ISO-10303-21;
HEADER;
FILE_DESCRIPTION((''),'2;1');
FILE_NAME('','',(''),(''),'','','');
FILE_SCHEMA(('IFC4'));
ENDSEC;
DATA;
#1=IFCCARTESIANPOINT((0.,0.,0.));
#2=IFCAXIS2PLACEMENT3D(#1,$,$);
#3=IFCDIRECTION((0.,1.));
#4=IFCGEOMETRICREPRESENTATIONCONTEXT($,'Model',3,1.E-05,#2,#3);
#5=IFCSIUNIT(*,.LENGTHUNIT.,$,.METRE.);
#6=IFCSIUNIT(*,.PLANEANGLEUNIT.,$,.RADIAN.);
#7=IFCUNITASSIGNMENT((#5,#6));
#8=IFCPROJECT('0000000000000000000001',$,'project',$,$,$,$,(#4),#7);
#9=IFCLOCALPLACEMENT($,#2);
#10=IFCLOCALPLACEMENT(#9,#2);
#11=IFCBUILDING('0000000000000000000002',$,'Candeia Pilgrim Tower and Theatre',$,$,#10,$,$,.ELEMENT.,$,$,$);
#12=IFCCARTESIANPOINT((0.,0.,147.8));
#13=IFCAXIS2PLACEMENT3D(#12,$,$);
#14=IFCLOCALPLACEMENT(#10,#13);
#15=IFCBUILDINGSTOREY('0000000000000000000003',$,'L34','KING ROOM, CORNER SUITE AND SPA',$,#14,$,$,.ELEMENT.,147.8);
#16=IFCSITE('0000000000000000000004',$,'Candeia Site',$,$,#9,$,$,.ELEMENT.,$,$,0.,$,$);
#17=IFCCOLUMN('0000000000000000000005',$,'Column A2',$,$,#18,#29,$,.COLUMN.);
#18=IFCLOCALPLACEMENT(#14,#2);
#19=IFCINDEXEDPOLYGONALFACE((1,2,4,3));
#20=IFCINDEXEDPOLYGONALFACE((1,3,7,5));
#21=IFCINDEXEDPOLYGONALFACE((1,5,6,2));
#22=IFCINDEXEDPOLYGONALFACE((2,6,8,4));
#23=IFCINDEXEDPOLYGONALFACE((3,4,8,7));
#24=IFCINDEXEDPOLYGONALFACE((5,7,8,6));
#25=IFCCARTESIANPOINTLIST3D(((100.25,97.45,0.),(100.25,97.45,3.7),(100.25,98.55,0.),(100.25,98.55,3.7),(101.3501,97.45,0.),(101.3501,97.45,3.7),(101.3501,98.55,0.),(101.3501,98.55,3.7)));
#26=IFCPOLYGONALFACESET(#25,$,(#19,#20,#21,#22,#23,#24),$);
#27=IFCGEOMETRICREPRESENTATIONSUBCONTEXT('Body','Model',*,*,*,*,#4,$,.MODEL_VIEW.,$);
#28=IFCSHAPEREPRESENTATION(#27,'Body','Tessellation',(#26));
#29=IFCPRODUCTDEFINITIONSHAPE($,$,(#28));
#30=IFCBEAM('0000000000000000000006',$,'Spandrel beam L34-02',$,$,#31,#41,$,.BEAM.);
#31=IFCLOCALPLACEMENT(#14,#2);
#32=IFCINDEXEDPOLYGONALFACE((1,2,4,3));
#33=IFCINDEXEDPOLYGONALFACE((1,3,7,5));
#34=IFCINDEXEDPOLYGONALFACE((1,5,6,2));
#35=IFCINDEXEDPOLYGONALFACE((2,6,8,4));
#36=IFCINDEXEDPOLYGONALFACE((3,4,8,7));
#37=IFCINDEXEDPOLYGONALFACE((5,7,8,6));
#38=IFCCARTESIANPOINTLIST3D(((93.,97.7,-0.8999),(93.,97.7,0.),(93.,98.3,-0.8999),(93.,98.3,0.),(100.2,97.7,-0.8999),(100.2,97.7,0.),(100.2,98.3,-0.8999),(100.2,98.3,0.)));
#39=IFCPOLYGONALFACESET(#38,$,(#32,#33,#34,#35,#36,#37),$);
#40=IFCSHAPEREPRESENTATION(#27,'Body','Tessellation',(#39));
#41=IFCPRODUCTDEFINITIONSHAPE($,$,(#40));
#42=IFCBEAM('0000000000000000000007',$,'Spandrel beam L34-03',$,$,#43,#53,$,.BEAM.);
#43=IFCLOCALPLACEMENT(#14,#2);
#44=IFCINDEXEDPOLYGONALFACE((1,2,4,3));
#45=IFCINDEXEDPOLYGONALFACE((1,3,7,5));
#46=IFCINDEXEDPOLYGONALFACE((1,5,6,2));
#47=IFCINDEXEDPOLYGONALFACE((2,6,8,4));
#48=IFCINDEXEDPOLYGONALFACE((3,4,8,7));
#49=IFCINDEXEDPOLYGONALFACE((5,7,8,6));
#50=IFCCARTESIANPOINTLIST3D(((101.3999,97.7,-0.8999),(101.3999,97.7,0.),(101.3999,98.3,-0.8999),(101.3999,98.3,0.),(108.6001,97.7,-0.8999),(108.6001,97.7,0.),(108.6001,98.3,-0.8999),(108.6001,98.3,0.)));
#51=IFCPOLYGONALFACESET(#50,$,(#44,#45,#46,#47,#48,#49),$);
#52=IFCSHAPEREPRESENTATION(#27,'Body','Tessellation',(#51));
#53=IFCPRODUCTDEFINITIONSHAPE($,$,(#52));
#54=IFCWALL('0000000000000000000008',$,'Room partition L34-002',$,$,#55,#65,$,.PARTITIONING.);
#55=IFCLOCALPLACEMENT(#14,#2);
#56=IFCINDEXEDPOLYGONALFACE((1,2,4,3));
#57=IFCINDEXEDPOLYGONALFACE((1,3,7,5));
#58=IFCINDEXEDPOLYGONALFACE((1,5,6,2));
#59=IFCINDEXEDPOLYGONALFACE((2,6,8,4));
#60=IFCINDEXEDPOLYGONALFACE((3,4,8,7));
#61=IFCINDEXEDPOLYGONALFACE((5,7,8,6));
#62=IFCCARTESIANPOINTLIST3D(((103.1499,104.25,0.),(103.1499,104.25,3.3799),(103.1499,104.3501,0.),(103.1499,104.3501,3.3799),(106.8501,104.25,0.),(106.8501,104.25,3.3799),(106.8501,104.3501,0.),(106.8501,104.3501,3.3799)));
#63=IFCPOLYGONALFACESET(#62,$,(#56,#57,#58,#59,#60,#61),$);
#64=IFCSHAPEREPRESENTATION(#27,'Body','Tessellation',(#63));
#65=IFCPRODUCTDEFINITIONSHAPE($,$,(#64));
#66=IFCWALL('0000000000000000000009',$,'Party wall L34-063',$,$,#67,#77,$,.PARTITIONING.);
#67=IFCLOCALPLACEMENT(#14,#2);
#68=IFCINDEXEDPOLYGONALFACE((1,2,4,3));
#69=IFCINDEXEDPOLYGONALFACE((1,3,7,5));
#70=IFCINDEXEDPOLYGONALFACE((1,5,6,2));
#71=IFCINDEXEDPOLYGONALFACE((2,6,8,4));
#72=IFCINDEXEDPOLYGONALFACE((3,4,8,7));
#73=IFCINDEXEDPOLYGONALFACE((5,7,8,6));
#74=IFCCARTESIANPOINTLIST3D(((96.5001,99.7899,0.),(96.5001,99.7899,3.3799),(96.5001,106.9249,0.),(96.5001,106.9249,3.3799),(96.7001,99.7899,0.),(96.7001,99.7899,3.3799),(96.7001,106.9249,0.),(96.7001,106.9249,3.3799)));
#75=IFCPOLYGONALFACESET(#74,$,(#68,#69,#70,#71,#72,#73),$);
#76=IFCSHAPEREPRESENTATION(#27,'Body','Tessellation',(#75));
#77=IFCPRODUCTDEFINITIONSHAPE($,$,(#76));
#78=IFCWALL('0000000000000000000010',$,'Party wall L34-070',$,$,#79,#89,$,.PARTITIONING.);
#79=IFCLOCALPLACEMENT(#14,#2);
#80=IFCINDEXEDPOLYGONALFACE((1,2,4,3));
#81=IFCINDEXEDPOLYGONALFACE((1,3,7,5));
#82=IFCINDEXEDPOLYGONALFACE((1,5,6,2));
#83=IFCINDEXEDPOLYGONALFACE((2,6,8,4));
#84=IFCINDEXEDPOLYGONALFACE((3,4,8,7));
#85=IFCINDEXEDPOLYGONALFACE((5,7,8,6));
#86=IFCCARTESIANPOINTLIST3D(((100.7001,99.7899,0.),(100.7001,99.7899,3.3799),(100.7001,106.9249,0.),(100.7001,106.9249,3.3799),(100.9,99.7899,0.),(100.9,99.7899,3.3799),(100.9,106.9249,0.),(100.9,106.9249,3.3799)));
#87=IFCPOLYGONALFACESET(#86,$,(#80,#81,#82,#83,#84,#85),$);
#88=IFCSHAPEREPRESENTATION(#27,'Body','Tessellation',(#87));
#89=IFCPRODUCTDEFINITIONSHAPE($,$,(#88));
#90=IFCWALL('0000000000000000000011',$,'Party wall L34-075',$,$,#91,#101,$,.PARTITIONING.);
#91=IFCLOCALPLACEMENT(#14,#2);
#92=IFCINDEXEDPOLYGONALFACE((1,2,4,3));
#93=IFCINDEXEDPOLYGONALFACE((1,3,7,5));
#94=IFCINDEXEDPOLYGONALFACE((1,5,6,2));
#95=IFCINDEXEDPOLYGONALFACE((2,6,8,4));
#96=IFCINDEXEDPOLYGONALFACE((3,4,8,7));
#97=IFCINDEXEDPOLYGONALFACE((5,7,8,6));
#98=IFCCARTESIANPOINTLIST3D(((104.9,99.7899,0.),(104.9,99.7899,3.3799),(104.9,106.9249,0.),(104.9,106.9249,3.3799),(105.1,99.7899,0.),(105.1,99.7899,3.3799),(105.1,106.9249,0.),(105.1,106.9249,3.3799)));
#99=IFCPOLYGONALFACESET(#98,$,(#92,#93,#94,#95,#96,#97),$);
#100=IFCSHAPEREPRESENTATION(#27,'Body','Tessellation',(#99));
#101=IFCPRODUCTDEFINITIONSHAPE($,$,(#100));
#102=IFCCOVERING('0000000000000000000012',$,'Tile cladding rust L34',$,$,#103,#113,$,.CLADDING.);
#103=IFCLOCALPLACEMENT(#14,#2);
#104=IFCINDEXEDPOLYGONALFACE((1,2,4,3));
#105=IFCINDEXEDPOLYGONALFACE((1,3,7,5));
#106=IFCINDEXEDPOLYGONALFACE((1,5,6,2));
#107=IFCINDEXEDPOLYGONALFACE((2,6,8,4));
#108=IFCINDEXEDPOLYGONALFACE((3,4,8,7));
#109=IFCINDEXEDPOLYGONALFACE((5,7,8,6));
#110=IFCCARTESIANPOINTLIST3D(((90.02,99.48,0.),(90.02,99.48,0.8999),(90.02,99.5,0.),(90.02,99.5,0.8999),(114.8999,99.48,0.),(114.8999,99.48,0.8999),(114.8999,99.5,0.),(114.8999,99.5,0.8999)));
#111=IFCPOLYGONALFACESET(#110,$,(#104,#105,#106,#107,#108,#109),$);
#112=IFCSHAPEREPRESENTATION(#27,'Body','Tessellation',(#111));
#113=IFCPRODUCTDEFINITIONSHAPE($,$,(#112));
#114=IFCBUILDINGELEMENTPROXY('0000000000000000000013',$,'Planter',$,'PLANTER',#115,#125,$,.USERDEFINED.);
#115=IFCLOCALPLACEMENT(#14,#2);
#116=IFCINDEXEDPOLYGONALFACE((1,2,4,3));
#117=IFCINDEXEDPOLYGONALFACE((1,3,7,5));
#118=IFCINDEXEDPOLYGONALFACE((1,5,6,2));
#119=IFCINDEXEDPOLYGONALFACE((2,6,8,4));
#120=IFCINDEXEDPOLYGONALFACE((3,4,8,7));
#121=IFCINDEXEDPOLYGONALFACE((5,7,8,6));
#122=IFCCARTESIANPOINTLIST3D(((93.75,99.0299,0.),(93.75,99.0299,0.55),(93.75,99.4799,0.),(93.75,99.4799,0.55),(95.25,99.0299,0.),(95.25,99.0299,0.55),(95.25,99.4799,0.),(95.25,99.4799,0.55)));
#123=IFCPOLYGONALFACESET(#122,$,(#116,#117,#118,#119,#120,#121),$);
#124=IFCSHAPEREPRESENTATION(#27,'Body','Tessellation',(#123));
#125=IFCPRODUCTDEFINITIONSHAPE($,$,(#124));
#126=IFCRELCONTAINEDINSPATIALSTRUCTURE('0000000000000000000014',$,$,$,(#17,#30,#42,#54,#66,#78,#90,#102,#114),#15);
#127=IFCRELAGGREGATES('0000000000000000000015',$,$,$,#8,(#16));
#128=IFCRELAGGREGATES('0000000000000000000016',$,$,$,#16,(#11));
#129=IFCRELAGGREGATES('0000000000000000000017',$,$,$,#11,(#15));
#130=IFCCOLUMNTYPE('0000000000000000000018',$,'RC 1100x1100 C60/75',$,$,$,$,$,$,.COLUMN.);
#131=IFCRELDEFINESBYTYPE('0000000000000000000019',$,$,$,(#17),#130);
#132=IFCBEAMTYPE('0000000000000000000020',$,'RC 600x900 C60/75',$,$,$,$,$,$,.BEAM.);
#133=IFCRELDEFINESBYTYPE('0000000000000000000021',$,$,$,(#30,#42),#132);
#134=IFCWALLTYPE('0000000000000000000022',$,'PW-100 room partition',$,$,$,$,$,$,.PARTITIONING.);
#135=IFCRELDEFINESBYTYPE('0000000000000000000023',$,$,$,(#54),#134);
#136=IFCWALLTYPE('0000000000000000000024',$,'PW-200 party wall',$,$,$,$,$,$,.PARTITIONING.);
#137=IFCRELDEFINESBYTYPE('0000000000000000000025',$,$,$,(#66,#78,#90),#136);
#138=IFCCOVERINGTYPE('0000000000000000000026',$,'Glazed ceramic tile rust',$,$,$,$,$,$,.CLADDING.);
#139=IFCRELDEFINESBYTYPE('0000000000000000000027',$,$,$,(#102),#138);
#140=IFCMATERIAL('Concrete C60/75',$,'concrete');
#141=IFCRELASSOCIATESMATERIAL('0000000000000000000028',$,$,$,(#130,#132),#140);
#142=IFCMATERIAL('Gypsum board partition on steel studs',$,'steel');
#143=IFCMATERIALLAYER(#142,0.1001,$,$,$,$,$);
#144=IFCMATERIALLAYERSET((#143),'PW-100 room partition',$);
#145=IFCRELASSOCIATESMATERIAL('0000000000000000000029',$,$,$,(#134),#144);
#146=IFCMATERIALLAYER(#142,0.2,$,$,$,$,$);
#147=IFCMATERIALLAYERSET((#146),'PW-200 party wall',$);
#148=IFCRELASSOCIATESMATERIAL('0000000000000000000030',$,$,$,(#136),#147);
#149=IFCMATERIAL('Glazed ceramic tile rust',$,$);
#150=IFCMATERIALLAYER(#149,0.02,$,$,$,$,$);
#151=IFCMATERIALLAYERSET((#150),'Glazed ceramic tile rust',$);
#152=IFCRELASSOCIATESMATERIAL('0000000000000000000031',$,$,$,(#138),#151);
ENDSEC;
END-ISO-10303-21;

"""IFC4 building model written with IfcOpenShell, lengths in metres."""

from ifc_helpers import new_model, si_unit, direction, frame, frame_2d, origin, origin_2d, place, context, subcontext, project, spatial, rectangle, extrude, material, layer, layer_set, material_profile, profile_set, type_object, element, save


model = new_model("IFC4")

# Units and contexts
model_context = context("Model", 3, precision=1e-05, world=origin(), true_north=direction((0.0, 1.0)))
body_context = subcontext(model_context, "Body", "Model", "MODEL_VIEW")
ifc_project = project(units=[si_unit("LENGTHUNIT", "METRE"), si_unit("PLANEANGLEUNIT", "RADIAN")], contexts=[model_context])

# Site, building, storey
site_placement = place(None, origin())
site = spatial("IfcSite", under=ifc_project, at=site_placement, Name="Candeia Site", CompositionType="ELEMENT", RefElevation=0.0)
building_placement = place(site_placement, origin())
building = spatial("IfcBuilding", under=site, at=building_placement, Name="Candeia Pilgrim Tower and Theatre", CompositionType="ELEMENT")
storey_placement = place(building_placement, frame((0.0, 0.0, 147.8)))
storey = spatial("IfcBuildingStorey", under=building, at=storey_placement, Name="L34", Description="KING ROOM, CORNER SUITE AND SPA", CompositionType="ELEMENT", Elevation=147.8)

# Column
ifc_material_1 = material(Name="Concrete C60/75", Category="concrete")
ifc_material_profile_1 = material_profile(ifc_material_1, rectangle(XDim=1.1001, YDim=1.1001, at=origin_2d()))
ifc_profile_set_1 = profile_set([ifc_material_profile_1], Name="Concrete C60/75")
column_type = type_object("IfcColumnType", Name="RC 1100x1100 C60/75", PredefinedType="COLUMN", material=ifc_profile_set_1)
column_placement = place(storey_placement, frame((100.8, 98.0, 0.0), z_axis=(0.0, 0.0, 1.0), x_axis=(1.0, 0.0, 0.0)))
element("IfcColumn", 1, at=column_placement, inside=storey, type_object=column_type, Name="Column A2", PredefinedType="COLUMN", context=body_context, shape_type="SweptSolid", body=[
    extrude(rectangle(XDim=1.1001, YDim=1.1001, at=origin_2d()), origin(), (0.0, 0.0, 1.0), 3.7),
])

# Beams
ifc_material_profile_2 = material_profile(ifc_material_1, rectangle(XDim=0.6001, YDim=0.8999, at=origin_2d()))
ifc_profile_set_2 = profile_set([ifc_material_profile_2], Name="Concrete C60/75")
beam_type = type_object("IfcBeamType", Name="RC 600x900 C60/75", PredefinedType="BEAM", material=ifc_profile_set_2)
beam_1_placement = place(storey_placement, frame((93.0, 98.0, -0.45), z_axis=(1.0, 0.0, 0.0), x_axis=(0.0, 1.0, 0.0)))
element("IfcBeam", 2, at=beam_1_placement, inside=storey, type_object=beam_type, Name="Spandrel beam L34-02", PredefinedType="BEAM", context=body_context, shape_type="SweptSolid", body=[
    extrude(rectangle(XDim=0.6001, YDim=0.8999, at=origin_2d()), origin(), (0.0, 0.0, 1.0), 7.2),
])
beam_2_placement = place(storey_placement, frame((101.3999, 98.0, -0.45), z_axis=(1.0, 0.0, 0.0), x_axis=(0.0, 1.0, 0.0)))
element("IfcBeam", 3, at=beam_2_placement, inside=storey, type_object=beam_type, Name="Spandrel beam L34-03", PredefinedType="BEAM", context=body_context, shape_type="SweptSolid", body=[
    extrude(rectangle(XDim=0.6001, YDim=0.8999, at=origin_2d()), origin(), (0.0, 0.0, 1.0), 7.2002),
])

# Walls
ifc_material_2 = material(Name="Gypsum board partition on steel studs", Category="steel")
ifc_layer_1 = layer(ifc_material_2, 0.1001)
ifc_layer_set_1 = layer_set([ifc_layer_1], Name="PW-100 room partition")
wall_type_1 = type_object("IfcWallType", Name="PW-100 room partition", PredefinedType="PARTITIONING", material=ifc_layer_set_1)
wall_placement = place(storey_placement, frame((103.1499, 104.3, 0.0), z_axis=(0.0, 0.0, 1.0), x_axis=(1.0, 0.0, 0.0)))
element("IfcWall", 4, at=wall_placement, inside=storey, type_object=wall_type_1, Name="Room partition L34-002", PredefinedType="PARTITIONING", context=body_context, shape_type="SweptSolid", body=[
    extrude(rectangle(XDim=3.7002, YDim=0.1001, at=frame_2d((1.8501, 0.0))), origin(), (0.0, 0.0, 1.0), 3.3799),
])
ifc_layer_2 = layer(ifc_material_2, 0.2)
ifc_layer_set_2 = layer_set([ifc_layer_2], Name="PW-200 party wall")
wall_type_2 = type_object("IfcWallType", Name="PW-200 party wall", PredefinedType="PARTITIONING", material=ifc_layer_set_2)
for number, where, z_axis, x_axis, name in (
    (5, (96.6001, 99.79, 0.0), (0.0, 0.0, 1.0), (0.0, 1.0, 0.0), "Party wall L34-063"),
    (6, (100.8, 99.79, 0.0), (0.0, 0.0, 1.0), (0.0, 1.0, 0.0), "Party wall L34-070"),
    (7, (105.0, 99.79, 0.0), (0.0, 0.0, 1.0), (0.0, 1.0, 0.0), "Party wall L34-075"),
):
    element("IfcWall", number, at=place(storey_placement, frame(where, z_axis=z_axis, x_axis=x_axis)), inside=storey, type_object=wall_type_2, Name=name, PredefinedType="PARTITIONING", context=body_context, shape_type="SweptSolid", body=[
        extrude(rectangle(XDim=7.135, YDim=0.2, at=frame_2d((3.5674, 0.0))), origin(), (0.0, 0.0, 1.0), 3.3799),
    ])

# Covering
ifc_material_3 = material(Name="Glazed ceramic tile rust")
ifc_layer_3 = layer(ifc_material_3, 0.02)
ifc_layer_set_3 = layer_set([ifc_layer_3], Name="Glazed ceramic tile rust")
covering_type = type_object("IfcCoveringType", Name="Glazed ceramic tile rust", PredefinedType="CLADDING", material=ifc_layer_set_3)
covering_placement = place(storey_placement, frame((102.46, 99.49, 0.0), z_axis=(0.0, 0.0, 1.0), x_axis=(1.0, 0.0, 0.0)))
element("IfcCovering", 8, at=covering_placement, inside=storey, type_object=covering_type, Name="Tile cladding rust L34", PredefinedType="CLADDING", context=body_context, shape_type="SweptSolid", body=[
    extrude(rectangle(XDim=24.8799, YDim=0.02, at=origin_2d()), origin(), (0.0, 0.0, 1.0), 0.8999),
])

# Building element proxy
proxy_placement = place(storey_placement, frame((94.5, 99.2549, 0.0), z_axis=(0.0, 0.0, 1.0), x_axis=(1.0, 0.0, 0.0)))
element("IfcBuildingElementProxy", 9, at=proxy_placement, inside=storey, Name="Planter", ObjectType="PLANTER", PredefinedType="USERDEFINED", context=body_context, shape_type="SweptSolid", body=[
    extrude(rectangle(XDim=1.5, YDim=0.45, at=origin_2d()), origin(), (0.0, 0.0, 1.0), 0.55),
])

save(model, "model.ifc")
